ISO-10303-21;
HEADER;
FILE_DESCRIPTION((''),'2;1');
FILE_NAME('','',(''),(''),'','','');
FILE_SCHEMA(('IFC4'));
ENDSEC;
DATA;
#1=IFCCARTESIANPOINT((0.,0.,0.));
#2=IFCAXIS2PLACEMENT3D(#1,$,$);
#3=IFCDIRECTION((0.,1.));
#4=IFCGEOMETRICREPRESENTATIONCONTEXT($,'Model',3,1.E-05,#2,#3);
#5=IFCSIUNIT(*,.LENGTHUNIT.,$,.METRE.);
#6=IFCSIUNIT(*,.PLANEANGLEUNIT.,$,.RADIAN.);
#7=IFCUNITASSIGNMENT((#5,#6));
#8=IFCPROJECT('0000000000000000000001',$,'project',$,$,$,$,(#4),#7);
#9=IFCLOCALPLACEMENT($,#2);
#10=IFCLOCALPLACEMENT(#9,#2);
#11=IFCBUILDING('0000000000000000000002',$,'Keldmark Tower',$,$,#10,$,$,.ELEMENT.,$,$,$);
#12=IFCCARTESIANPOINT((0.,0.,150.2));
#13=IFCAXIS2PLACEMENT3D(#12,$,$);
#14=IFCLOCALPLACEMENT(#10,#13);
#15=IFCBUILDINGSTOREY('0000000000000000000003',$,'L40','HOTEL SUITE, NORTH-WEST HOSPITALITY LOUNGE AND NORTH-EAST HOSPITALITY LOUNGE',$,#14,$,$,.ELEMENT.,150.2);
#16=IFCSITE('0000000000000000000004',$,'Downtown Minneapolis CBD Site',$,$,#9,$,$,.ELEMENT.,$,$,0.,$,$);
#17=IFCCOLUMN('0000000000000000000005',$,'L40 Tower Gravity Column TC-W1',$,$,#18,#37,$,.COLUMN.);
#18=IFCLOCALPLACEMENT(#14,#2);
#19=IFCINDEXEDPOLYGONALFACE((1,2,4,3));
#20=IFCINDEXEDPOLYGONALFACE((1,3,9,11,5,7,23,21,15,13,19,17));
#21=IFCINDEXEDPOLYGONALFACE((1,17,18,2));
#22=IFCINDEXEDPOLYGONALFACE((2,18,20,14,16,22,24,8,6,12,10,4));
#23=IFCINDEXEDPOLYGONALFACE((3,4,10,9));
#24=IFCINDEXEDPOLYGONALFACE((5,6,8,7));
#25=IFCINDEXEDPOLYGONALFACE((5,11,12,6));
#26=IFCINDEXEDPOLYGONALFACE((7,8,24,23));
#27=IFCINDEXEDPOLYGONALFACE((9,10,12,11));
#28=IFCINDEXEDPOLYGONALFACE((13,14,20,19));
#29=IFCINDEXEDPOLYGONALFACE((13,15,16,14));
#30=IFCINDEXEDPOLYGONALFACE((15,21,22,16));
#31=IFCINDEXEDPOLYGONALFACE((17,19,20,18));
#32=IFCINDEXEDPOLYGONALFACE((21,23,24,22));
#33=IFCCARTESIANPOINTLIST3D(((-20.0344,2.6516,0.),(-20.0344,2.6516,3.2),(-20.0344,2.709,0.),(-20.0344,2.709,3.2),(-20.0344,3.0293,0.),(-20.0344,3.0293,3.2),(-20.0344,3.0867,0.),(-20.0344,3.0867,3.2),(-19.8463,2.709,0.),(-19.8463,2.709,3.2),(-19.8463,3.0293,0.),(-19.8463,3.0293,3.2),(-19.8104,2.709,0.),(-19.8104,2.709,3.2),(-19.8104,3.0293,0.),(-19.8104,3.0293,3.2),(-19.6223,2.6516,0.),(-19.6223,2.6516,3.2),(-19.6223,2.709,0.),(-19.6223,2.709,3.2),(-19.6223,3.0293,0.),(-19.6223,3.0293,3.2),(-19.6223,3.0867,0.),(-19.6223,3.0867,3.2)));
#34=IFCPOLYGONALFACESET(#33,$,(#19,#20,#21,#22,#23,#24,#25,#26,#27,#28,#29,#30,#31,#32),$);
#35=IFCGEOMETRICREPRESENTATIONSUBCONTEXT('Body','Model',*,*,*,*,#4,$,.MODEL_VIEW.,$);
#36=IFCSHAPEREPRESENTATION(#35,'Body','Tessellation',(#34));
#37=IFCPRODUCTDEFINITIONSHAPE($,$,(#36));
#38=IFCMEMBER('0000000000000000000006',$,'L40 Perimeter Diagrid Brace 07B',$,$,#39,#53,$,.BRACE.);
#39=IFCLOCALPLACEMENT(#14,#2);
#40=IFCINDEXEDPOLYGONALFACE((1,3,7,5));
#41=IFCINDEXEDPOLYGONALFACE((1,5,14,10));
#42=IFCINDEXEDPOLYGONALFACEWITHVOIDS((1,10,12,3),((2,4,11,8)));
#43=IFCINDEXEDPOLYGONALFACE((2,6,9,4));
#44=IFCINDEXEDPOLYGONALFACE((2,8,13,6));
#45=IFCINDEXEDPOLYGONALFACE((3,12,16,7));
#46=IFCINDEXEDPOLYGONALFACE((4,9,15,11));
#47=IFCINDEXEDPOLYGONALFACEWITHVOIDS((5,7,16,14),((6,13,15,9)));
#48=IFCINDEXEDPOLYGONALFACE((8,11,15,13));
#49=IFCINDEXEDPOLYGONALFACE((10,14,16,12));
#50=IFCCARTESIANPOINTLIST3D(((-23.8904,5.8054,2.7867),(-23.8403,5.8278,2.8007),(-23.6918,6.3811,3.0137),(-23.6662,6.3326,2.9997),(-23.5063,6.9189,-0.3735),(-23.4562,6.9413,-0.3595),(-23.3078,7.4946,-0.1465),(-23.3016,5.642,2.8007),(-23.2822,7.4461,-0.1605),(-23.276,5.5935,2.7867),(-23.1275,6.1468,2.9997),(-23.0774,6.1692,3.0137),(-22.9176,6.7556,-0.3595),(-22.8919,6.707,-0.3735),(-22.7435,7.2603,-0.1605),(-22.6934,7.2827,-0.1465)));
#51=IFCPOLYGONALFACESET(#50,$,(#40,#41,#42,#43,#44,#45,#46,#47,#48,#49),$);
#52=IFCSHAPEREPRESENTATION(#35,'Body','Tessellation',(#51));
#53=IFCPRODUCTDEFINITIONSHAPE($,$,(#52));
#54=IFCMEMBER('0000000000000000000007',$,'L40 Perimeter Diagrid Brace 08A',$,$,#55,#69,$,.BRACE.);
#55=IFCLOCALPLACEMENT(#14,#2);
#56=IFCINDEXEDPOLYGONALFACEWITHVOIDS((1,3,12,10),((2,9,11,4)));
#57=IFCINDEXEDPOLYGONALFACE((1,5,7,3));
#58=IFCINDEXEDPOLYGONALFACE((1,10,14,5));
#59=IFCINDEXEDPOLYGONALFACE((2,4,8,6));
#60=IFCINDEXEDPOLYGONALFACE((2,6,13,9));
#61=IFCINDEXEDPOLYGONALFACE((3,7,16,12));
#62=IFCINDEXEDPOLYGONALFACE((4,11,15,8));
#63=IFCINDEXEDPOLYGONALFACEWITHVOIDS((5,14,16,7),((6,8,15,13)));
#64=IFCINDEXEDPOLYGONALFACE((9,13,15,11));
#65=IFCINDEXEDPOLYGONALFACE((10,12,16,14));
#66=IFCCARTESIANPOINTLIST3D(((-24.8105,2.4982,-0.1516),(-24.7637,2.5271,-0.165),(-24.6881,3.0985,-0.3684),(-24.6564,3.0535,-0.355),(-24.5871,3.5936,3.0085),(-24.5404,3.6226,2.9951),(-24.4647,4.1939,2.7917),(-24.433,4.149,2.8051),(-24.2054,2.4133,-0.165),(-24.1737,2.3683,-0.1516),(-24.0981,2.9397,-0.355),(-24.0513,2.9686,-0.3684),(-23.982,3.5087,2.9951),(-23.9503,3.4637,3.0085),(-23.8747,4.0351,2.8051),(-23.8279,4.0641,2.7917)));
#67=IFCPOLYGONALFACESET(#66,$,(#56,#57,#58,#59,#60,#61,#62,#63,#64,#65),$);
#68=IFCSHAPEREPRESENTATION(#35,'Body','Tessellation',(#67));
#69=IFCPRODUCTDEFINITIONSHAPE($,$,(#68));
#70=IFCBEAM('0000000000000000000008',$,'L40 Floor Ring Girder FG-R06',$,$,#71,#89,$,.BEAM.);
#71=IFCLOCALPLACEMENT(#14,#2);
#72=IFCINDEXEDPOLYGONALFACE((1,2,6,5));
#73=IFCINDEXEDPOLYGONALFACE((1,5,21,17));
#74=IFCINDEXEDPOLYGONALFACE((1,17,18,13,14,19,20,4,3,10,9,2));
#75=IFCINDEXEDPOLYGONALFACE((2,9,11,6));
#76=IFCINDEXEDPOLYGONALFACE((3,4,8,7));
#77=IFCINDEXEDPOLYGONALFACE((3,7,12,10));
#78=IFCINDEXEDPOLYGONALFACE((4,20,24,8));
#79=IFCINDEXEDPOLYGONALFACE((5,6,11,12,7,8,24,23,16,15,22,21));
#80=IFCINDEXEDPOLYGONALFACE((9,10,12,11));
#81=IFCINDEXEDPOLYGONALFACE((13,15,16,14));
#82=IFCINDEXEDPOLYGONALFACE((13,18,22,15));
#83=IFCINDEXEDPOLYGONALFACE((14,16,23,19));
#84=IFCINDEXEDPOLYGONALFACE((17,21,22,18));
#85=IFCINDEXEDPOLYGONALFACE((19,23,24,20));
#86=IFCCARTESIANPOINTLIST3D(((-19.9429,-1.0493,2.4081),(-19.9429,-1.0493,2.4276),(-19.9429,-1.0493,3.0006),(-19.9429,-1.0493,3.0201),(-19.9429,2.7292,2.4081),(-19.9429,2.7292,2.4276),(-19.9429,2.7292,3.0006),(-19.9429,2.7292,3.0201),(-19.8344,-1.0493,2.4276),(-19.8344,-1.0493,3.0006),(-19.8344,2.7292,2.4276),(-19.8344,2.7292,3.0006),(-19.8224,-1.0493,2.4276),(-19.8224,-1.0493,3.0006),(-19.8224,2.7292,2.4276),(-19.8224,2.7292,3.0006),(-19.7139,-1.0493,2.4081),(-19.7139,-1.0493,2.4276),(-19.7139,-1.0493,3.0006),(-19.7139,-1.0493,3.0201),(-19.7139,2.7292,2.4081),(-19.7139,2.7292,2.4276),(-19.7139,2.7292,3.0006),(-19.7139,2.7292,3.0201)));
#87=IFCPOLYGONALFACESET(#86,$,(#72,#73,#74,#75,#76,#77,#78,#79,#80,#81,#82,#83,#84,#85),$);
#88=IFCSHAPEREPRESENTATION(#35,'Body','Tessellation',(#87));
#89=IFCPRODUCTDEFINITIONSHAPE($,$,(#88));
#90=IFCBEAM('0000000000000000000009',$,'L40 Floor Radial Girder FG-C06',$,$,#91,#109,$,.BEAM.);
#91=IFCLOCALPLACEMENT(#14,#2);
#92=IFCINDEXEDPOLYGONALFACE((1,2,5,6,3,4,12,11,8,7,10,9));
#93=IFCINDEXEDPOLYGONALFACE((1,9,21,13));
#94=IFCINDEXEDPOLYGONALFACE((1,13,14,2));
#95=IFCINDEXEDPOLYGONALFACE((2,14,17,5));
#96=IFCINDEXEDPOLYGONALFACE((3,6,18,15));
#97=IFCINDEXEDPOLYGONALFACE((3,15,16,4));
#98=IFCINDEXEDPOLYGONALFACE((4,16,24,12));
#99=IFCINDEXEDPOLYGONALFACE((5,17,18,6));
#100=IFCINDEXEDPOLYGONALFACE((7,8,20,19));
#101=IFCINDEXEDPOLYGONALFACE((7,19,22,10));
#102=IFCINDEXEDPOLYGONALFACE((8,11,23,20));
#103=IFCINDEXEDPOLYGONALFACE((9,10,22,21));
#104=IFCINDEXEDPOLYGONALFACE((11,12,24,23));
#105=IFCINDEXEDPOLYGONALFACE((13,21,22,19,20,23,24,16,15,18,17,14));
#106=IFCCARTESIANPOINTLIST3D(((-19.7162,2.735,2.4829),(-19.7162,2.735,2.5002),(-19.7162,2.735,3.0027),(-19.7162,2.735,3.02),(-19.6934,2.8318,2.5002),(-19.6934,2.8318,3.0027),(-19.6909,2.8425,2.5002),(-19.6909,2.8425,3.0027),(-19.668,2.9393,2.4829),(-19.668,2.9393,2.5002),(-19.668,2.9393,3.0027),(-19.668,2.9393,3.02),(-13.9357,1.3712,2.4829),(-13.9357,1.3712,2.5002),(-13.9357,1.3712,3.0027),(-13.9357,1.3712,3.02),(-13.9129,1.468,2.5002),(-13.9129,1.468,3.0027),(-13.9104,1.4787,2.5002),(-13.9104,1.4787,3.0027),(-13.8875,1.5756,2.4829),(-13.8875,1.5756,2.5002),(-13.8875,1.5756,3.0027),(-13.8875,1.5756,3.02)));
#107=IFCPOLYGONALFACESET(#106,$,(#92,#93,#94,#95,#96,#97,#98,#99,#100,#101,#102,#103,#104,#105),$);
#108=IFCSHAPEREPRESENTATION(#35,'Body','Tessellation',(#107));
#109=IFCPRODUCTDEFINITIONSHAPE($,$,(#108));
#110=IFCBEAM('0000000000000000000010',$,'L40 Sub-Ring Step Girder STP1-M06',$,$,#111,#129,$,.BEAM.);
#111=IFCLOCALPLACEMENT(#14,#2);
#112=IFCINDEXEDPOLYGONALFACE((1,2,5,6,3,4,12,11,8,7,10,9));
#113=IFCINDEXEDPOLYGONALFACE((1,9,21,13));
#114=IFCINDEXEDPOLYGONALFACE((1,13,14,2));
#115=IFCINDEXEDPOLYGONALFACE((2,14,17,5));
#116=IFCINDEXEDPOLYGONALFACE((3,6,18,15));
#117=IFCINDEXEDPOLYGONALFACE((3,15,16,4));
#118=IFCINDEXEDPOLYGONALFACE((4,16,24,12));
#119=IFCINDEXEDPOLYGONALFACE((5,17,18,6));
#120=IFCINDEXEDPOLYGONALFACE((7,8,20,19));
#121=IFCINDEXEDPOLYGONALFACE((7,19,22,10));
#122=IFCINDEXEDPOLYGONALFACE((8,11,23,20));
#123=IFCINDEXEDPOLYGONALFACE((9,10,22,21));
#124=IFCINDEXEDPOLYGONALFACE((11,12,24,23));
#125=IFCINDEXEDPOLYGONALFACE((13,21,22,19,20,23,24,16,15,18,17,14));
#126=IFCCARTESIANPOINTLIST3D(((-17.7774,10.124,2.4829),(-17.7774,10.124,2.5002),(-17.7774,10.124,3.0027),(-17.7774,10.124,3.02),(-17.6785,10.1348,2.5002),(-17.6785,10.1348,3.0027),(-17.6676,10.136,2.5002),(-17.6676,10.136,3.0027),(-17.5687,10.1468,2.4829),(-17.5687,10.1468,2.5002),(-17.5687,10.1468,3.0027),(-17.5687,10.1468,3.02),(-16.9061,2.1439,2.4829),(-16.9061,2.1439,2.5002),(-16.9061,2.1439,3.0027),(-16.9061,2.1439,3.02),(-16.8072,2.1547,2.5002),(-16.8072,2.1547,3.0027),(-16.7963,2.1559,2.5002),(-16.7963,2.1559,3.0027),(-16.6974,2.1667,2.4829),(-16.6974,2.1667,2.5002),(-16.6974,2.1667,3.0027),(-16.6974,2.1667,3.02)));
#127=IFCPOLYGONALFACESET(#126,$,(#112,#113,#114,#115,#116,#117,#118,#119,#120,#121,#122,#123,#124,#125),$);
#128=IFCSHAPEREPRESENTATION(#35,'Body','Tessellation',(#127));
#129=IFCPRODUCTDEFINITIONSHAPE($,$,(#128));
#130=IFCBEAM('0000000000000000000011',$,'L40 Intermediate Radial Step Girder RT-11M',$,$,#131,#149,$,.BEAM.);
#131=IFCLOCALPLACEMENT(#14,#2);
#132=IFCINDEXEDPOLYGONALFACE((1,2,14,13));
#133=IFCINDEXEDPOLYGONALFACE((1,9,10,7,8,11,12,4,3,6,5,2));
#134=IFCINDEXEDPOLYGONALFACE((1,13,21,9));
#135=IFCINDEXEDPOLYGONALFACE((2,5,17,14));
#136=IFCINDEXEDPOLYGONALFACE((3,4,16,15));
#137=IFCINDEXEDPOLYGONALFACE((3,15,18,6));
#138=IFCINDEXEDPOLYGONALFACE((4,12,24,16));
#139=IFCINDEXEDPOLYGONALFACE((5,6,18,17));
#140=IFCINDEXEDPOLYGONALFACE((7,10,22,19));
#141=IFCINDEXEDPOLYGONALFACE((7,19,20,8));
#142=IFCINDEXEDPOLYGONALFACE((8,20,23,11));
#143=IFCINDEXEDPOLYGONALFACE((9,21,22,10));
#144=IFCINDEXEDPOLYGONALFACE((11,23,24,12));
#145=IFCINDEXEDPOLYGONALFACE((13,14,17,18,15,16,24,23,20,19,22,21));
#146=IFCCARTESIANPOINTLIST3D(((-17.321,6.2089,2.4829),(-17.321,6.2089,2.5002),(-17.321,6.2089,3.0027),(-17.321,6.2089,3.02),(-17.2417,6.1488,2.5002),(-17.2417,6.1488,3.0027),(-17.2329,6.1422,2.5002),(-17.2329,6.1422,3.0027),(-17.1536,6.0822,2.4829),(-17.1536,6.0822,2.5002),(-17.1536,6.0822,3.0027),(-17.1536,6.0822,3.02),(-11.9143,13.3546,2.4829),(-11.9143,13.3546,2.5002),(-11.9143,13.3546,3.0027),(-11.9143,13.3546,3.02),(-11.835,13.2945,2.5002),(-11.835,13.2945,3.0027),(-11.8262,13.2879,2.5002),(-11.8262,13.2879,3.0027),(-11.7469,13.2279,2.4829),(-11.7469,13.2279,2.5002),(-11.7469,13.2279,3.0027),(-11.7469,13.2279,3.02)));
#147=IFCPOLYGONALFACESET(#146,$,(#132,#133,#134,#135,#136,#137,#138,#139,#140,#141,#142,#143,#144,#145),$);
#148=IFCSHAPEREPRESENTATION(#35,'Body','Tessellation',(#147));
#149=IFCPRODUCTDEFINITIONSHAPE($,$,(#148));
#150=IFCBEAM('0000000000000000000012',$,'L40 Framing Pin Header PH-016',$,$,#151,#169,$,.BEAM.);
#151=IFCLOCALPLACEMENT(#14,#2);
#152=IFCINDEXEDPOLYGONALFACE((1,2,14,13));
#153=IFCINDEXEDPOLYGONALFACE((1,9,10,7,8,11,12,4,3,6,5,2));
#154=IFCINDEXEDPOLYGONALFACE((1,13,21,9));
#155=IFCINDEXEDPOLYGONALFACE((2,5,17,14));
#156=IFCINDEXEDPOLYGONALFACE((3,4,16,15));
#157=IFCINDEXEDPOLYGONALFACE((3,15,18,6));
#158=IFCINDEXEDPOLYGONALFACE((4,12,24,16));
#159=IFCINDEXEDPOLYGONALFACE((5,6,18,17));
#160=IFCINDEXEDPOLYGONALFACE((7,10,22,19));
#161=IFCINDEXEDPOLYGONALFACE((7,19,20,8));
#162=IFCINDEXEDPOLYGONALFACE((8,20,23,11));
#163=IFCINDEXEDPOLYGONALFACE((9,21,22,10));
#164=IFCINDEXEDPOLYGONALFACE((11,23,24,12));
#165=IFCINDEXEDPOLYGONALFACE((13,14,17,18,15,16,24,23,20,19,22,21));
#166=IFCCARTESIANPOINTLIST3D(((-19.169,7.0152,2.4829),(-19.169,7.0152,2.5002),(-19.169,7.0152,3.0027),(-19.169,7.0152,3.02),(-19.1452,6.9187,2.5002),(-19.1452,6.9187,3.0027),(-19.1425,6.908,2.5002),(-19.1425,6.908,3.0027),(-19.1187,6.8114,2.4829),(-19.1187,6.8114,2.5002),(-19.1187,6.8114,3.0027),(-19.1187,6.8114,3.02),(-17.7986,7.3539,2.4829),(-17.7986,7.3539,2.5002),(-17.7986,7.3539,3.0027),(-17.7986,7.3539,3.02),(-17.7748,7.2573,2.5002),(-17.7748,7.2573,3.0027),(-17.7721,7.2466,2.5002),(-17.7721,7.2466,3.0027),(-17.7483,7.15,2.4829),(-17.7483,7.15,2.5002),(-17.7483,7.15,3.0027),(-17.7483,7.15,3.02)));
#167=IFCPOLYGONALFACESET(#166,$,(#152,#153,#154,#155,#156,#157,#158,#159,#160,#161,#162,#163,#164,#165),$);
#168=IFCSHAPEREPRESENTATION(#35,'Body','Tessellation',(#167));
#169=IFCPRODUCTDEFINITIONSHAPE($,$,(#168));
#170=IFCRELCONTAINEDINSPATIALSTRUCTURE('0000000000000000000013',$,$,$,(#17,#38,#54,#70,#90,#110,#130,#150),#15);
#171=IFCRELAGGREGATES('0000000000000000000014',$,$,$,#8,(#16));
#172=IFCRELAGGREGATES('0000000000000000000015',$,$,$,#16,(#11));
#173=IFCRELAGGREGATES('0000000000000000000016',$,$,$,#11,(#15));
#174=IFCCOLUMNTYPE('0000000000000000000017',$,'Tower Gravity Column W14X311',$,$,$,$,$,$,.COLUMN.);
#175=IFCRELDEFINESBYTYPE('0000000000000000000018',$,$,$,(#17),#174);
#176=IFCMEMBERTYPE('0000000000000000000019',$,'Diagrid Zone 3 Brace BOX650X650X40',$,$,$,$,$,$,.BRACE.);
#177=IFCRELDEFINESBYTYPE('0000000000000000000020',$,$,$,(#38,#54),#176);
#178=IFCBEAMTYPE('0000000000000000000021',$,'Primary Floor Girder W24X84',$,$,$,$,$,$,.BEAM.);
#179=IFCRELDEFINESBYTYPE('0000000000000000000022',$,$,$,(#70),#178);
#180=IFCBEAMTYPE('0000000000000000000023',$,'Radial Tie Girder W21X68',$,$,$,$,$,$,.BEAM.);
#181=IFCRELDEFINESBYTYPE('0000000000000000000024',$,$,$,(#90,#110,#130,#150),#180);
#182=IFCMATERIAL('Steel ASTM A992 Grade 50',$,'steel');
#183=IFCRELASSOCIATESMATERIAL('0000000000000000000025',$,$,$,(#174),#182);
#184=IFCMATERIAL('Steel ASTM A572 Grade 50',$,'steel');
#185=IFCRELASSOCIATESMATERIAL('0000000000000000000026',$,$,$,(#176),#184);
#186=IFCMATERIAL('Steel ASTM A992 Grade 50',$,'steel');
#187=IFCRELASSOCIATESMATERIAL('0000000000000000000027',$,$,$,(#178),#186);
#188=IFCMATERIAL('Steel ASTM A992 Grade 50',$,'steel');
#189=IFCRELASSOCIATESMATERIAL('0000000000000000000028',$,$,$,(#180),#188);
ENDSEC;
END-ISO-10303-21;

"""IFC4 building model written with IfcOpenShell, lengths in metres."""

from ifc_helpers import new_model, si_unit, direction, frame, origin, origin_2d, place, context, subcontext, project, spatial, hollow_rectangle, i_section, extrude, material, material_profile, profile_set, type_object, element, save


model = new_model("IFC4")

# Units and contexts
model_context = context("Model", 3, precision=1e-05, world=origin(), true_north=direction((0.0, 1.0)))
body_context = subcontext(model_context, "Body", "Model", "MODEL_VIEW")
ifc_project = project(units=[si_unit("LENGTHUNIT", "METRE"), si_unit("PLANEANGLEUNIT", "RADIAN")], contexts=[model_context])

# Site, building, storey
site_placement = place(None, origin())
site = spatial("IfcSite", under=ifc_project, at=site_placement, Name="Downtown Minneapolis CBD Site", CompositionType="ELEMENT", RefElevation=0.0)
building_placement = place(site_placement, origin())
building = spatial("IfcBuilding", under=site, at=building_placement, Name="Keldmark Tower", CompositionType="ELEMENT")
storey_placement = place(building_placement, frame((0.0, 0.0, 150.2)))
storey = spatial("IfcBuildingStorey", under=building, at=storey_placement, Name="L40", Description="HOTEL SUITE, NORTH-WEST HOSPITALITY LOUNGE AND NORTH-EAST HOSPITALITY LOUNGE", CompositionType="ELEMENT", Elevation=150.2)

# Column
ifc_material_1 = material(Name="Steel ASTM A992 Grade 50", Category="steel")
ifc_material_profile_1 = material_profile(ifc_material_1, i_section(OverallWidth=0.4121, OverallDepth=0.4351, WebThickness=0.0359, FlangeThickness=0.0574, at=origin_2d()), Name="W14X311")
ifc_profile_set_1 = profile_set([ifc_material_profile_1], Name="Steel ASTM A992 Grade 50")
column_type = type_object("IfcColumnType", Name="Tower Gravity Column W14X311", PredefinedType="COLUMN", material=ifc_profile_set_1)
column_placement = place(storey_placement, frame((-19.8284, 2.8691, 0.0), z_axis=(0.0, 0.0, 1.0), x_axis=(1.0, 0.0, 0.0)))
element("IfcColumn", 1, at=column_placement, inside=storey, type_object=column_type, Name="L40 Tower Gravity Column TC-W1", PredefinedType="COLUMN", context=body_context, shape_type="SweptSolid", body=[
    extrude(i_section(OverallWidth=0.4121, OverallDepth=0.4351, WebThickness=0.0359, FlangeThickness=0.0574, at=origin_2d()), origin(), (0.0, 0.0, 1.0), 3.2),
])

# Members
ifc_material_2 = material(Name="Steel ASTM A572 Grade 50", Category="steel")
ifc_material_profile_2 = material_profile(ifc_material_2, hollow_rectangle(XDim=0.6499, YDim=0.6499, WallThickness=0.04, at=origin_2d()), Name="BOX650X650X40")
ifc_profile_set_2 = profile_set([ifc_material_profile_2], Name="Steel ASTM A572 Grade 50")
member_type = type_object("IfcMemberType", Name="Diagrid Zone 3 Brace BOX650X650X40", PredefinedType="BRACE", material=ifc_profile_set_2)
member_1_placement = place(storey_placement, frame((-23.0999, 7.1008, -0.26), z_axis=(-0.113871, -0.330174, 0.937026), x_axis=(0.945358, -0.326035, 0.0)))
element("IfcMember", 2, at=member_1_placement, inside=storey, type_object=member_type, Name="L40 Perimeter Diagrid Brace 07B", PredefinedType="BRACE", context=body_context, shape_type="SweptSolid", body=[
    extrude(hollow_rectangle(XDim=0.6499, YDim=0.6499, WallThickness=0.04, at=origin_2d()), origin(), (0.0, 0.0, 1.0), 3.3726),
])
member_2_placement = place(storey_placement, frame((-24.4309, 2.7334, -0.26), z_axis=(0.066642, 0.326799, 0.942742), x_axis=(-0.979835, 0.19981, 0.0)))
element("IfcMember", 3, at=member_2_placement, inside=storey, type_object=member_type, Name="L40 Perimeter Diagrid Brace 08A", PredefinedType="BRACE", context=body_context, shape_type="SweptSolid", body=[
    extrude(hollow_rectangle(XDim=0.6499, YDim=0.6499, WallThickness=0.04, at=origin_2d()), origin(), (0.0, 0.0, 1.0), 3.3521),
])

# Beams
ifc_material_3 = material(Name="Steel ASTM A992 Grade 50", Category="steel")
ifc_material_profile_3 = material_profile(ifc_material_3, i_section(OverallWidth=0.229, OverallDepth=0.6121, WebThickness=0.012, FlangeThickness=0.0195, at=origin_2d()), Name="W24X84")
ifc_profile_set_3 = profile_set([ifc_material_profile_3], Name="Steel ASTM A992 Grade 50")
beam_type_1 = type_object("IfcBeamType", Name="Primary Floor Girder W24X84", PredefinedType="BEAM", material=ifc_profile_set_3)
beam_1_placement = place(storey_placement, frame((-19.8284, 2.7292, 2.7141), z_axis=(0.0, -1.0, 0.0), x_axis=(1.0, 0.0, 0.0)))
element("IfcBeam", 4, at=beam_1_placement, inside=storey, type_object=beam_type_1, Name="L40 Floor Ring Girder FG-R06", PredefinedType="BEAM", context=body_context, shape_type="SweptSolid", body=[
    extrude(i_section(OverallWidth=0.229, OverallDepth=0.6121, WebThickness=0.012, FlangeThickness=0.0195, at=origin_2d()), origin(), (0.0, 0.0, 1.0), 3.7786),
])
ifc_material_4 = material(Name="Steel ASTM A992 Grade 50", Category="steel")
ifc_material_profile_4 = material_profile(ifc_material_4, i_section(OverallWidth=0.21, OverallDepth=0.5371, WebThickness=0.011, FlangeThickness=0.0173, at=origin_2d()), Name="W21X68")
ifc_profile_set_4 = profile_set([ifc_material_profile_4], Name="Steel ASTM A992 Grade 50")
beam_type_2 = type_object("IfcBeamType", Name="Radial Tie Girder W21X68", PredefinedType="BEAM", material=ifc_profile_set_4)
beam_2_placement = place(storey_placement, frame((-19.6921, 2.8372, 2.7515), z_axis=(0.97328, -0.229621, 0.0), x_axis=(0.229621, 0.97328, 0.0)))
element("IfcBeam", 5, at=beam_2_placement, inside=storey, type_object=beam_type_2, Name="L40 Floor Radial Girder FG-C06", PredefinedType="BEAM", context=body_context, shape_type="SweptSolid", body=[
    extrude(i_section(OverallWidth=0.21, OverallDepth=0.5371, WebThickness=0.011, FlangeThickness=0.0173, at=origin_2d()), origin(), (0.0, 0.0, 1.0), 5.9392),
])
beam_3_placement = place(storey_placement, frame((-16.8018, 2.1553, 2.7515), z_axis=(-0.108542, 0.994092, 0.0), x_axis=(-0.994092, -0.108542, 0.0)))
element("IfcBeam", 6, at=beam_3_placement, inside=storey, type_object=beam_type_2, Name="L40 Sub-Ring Step Girder STP1-M06", PredefinedType="BEAM", context=body_context, shape_type="SweptSolid", body=[
    extrude(i_section(OverallWidth=0.21, OverallDepth=0.5371, WebThickness=0.011, FlangeThickness=0.0173, at=origin_2d()), origin(), (0.0, 0.0, 1.0), 8.0276),
])
beam_4_placement = place(storey_placement, frame((-17.2373, 6.1455, 2.7515), z_axis=(0.603382, 0.797452, 0.0), x_axis=(-0.797452, 0.603382, 0.0)))
element("IfcBeam", 7, at=beam_4_placement, inside=storey, type_object=beam_type_2, Name="L40 Intermediate Radial Step Girder RT-11M", PredefinedType="BEAM", context=body_context, shape_type="SweptSolid", body=[
    extrude(i_section(OverallWidth=0.21, OverallDepth=0.5371, WebThickness=0.011, FlangeThickness=0.0173, at=origin_2d()), origin(), (0.0, 0.0, 1.0), 8.9607),
])
beam_5_placement = place(storey_placement, frame((-17.7734, 7.252, 2.7515), z_axis=(-0.9708, -0.23989, 0.0), x_axis=(0.23989, -0.9708, 0.0)))
element("IfcBeam", 8, at=beam_5_placement, inside=storey, type_object=beam_type_2, Name="L40 Framing Pin Header PH-016", PredefinedType="BEAM", context=body_context, shape_type="SweptSolid", body=[
    extrude(i_section(OverallWidth=0.21, OverallDepth=0.5371, WebThickness=0.011, FlangeThickness=0.0173, at=origin_2d()), origin(), (0.0, 0.0, 1.0), 1.4116),
])

save(model, "model.ifc")
